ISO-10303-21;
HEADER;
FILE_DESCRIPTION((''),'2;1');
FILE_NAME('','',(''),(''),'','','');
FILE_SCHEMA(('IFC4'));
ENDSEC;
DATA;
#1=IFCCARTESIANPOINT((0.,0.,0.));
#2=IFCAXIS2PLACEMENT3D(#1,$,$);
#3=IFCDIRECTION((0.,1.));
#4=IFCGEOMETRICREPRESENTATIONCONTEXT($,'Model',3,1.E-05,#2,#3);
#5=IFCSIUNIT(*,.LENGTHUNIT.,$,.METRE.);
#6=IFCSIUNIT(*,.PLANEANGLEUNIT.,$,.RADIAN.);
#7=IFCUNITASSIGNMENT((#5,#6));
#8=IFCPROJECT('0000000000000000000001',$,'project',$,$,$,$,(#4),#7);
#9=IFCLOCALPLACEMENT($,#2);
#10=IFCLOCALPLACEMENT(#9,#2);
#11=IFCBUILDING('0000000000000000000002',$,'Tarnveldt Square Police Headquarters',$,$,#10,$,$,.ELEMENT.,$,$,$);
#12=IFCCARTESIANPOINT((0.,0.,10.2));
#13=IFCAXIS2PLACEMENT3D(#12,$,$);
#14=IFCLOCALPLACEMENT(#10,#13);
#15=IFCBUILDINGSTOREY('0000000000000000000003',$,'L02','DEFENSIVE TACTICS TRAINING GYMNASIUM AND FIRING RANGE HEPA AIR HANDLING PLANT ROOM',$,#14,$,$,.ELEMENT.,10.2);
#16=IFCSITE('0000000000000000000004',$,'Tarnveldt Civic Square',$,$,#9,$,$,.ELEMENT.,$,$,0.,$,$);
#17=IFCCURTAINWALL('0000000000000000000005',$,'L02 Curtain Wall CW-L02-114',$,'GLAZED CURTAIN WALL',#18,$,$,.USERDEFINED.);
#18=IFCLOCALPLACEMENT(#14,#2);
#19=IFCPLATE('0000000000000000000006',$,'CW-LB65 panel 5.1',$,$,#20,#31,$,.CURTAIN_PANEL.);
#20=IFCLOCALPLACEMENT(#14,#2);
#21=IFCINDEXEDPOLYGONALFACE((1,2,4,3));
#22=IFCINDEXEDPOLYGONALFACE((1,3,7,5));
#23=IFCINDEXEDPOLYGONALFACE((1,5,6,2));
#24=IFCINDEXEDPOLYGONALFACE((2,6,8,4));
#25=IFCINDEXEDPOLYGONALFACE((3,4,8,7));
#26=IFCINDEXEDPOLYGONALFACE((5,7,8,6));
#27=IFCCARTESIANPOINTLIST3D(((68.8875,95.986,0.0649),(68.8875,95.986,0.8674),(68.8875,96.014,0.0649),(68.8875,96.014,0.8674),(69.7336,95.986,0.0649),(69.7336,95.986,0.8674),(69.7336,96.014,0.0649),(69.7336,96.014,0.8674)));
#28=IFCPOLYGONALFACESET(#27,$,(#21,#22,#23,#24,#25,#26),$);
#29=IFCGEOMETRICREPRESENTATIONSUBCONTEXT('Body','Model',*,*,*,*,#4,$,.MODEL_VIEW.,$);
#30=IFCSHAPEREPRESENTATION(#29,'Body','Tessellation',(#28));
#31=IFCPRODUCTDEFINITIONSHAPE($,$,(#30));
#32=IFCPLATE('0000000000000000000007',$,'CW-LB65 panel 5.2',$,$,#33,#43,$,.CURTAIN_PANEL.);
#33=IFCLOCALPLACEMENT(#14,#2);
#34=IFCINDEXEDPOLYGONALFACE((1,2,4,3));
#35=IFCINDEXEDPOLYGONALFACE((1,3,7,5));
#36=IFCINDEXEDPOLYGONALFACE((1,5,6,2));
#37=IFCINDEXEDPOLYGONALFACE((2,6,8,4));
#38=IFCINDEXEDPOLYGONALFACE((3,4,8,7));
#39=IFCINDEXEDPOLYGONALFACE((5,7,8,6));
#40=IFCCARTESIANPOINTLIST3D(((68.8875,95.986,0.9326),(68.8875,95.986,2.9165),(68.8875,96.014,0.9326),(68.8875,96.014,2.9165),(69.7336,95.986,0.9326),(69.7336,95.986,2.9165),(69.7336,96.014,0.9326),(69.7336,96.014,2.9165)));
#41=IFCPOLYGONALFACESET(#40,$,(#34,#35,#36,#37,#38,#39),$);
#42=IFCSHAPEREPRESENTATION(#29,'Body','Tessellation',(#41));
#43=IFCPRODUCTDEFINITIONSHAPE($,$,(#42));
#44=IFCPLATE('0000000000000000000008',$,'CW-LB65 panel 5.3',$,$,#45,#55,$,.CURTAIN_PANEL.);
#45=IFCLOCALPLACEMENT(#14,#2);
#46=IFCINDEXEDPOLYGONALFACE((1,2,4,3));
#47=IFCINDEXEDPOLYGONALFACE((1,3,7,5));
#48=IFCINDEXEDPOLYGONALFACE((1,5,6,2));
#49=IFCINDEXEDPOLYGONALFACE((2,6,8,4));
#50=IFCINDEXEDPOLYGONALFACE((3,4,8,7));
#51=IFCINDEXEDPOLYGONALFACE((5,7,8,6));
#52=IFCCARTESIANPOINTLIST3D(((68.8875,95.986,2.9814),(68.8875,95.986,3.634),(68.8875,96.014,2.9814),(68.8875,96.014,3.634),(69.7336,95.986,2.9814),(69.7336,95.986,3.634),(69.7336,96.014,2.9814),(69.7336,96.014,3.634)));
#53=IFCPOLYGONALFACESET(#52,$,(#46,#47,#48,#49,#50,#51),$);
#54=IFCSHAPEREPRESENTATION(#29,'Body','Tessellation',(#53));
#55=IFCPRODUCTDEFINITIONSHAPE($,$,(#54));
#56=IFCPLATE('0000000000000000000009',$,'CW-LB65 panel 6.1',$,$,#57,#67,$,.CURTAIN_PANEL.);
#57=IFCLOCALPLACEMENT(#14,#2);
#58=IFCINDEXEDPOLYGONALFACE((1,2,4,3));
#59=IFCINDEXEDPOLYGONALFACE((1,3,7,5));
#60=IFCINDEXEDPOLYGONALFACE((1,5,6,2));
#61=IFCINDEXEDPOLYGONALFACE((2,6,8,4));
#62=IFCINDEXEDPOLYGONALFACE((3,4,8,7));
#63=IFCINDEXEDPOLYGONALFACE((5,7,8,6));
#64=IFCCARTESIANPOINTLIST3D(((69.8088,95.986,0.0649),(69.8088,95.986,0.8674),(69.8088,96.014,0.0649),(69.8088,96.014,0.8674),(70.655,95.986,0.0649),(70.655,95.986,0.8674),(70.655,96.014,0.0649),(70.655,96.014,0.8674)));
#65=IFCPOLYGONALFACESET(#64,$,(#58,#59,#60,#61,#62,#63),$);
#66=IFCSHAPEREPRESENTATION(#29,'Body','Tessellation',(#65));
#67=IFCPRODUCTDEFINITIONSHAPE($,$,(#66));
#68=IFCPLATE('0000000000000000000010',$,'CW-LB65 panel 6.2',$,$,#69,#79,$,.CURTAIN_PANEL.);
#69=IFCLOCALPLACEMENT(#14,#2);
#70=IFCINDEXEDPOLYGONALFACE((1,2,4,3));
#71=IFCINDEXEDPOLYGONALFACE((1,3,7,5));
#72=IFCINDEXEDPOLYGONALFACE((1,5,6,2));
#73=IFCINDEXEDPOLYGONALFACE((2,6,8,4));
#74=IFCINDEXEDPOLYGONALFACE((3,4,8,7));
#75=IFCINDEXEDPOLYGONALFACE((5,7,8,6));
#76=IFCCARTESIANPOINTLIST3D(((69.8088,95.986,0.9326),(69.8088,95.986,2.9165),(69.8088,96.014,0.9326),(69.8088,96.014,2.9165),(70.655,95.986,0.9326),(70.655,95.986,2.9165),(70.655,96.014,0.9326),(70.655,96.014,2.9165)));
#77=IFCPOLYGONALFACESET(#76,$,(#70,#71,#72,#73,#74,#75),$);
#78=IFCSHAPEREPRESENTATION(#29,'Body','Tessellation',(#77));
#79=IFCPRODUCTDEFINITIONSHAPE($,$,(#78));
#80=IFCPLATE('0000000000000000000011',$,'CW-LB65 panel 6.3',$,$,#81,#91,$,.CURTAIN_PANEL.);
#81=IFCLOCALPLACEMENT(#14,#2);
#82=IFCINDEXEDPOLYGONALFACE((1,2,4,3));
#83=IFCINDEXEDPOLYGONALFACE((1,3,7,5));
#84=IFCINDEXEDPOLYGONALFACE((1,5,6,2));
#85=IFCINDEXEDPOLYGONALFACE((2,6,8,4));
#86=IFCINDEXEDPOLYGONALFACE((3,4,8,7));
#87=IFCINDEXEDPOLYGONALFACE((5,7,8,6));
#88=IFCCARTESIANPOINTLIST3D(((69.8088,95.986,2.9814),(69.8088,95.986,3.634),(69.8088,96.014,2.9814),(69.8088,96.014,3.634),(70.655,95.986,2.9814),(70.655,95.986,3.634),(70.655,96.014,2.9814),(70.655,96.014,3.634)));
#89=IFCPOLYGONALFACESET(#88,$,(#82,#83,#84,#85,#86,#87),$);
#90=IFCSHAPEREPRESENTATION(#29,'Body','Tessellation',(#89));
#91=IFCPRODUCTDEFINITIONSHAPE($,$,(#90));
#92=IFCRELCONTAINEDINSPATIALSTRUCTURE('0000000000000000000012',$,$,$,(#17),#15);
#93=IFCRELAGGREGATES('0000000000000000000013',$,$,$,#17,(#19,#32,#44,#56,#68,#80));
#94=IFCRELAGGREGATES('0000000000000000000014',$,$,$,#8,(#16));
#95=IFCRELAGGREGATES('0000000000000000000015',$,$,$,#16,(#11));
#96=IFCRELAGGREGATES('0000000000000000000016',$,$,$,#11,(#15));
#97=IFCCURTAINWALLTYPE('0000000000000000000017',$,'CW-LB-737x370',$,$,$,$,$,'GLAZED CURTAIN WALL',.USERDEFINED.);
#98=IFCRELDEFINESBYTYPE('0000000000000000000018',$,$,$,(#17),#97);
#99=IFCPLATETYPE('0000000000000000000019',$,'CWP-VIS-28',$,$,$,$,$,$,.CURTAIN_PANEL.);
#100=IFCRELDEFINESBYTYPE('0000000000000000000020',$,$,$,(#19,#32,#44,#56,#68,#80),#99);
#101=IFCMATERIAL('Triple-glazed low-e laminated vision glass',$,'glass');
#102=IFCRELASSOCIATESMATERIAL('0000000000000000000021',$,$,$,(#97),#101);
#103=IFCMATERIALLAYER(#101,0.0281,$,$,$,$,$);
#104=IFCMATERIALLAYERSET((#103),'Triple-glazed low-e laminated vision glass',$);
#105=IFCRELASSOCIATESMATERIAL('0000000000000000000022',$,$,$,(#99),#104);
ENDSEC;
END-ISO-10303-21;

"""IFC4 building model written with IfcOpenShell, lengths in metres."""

from ifc_helpers import new_model, si_unit, direction, frame, origin, origin_2d, place, context, subcontext, project, spatial, rectangle, extrude, material, layer, layer_set, type_object, element, aggregate, save


model = new_model("IFC4")

# Units and contexts
model_context = context("Model", 3, precision=1e-05, world=origin(), true_north=direction((0.0, 1.0)))
body_context = subcontext(model_context, "Body", "Model", "MODEL_VIEW")
ifc_project = project(units=[si_unit("LENGTHUNIT", "METRE"), si_unit("PLANEANGLEUNIT", "RADIAN")], contexts=[model_context])

# Site, building, storey
site_placement = place(None, origin())
site = spatial("IfcSite", under=ifc_project, at=site_placement, Name="Tarnveldt Civic Square", CompositionType="ELEMENT", RefElevation=0.0)
building_placement = place(site_placement, origin())
building = spatial("IfcBuilding", under=site, at=building_placement, Name="Tarnveldt Square Police Headquarters", CompositionType="ELEMENT")
storey_placement = place(building_placement, frame((0.0, 0.0, 10.2)))
storey = spatial("IfcBuildingStorey", under=building, at=storey_placement, Name="L02", Description="DEFENSIVE TACTICS TRAINING GYMNASIUM AND FIRING RANGE HEPA AIR HANDLING PLANT ROOM", CompositionType="ELEMENT", Elevation=10.2)

# Curtain wall, plates
ifc_material_1 = material(Name="Triple-glazed low-e laminated vision glass", Category="glass")
curtain_wall_type = type_object("IfcCurtainWallType", Name="CW-LB-737x370", ElementType="GLAZED CURTAIN WALL", PredefinedType="USERDEFINED", material=ifc_material_1)
curtain_wall_placement = place(storey_placement, origin())
curtain_wall = element("IfcCurtainWall", 1, at=curtain_wall_placement, inside=storey, type_object=curtain_wall_type, Name="L02 Curtain Wall CW-L02-114", ObjectType="GLAZED CURTAIN WALL", PredefinedType="USERDEFINED")
ifc_layer = layer(ifc_material_1, 0.0281)
ifc_layer_set = layer_set([ifc_layer], Name="Triple-glazed low-e laminated vision glass")
plate_type = type_object("IfcPlateType", Name="CWP-VIS-28", PredefinedType="CURTAIN_PANEL", material=ifc_layer_set)
plate_1_placement = place(storey_placement, frame((69.3105, 96.0, 0.0649), z_axis=(0.0, 0.0, 1.0), x_axis=(1.0, 0.0, 0.0)))
plate_1 = element("IfcPlate", 2, at=plate_1_placement, type_object=plate_type, Name="CW-LB65 panel 5.1", PredefinedType="CURTAIN_PANEL", context=body_context, shape_type="SweptSolid", body=[
    extrude(rectangle(XDim=0.8462, YDim=0.0281, at=origin_2d()), origin(), (0.0, 0.0, 1.0), 0.8025),
])
plate_2_placement = place(storey_placement, frame((69.3105, 96.0, 0.9326), z_axis=(0.0, 0.0, 1.0), x_axis=(1.0, 0.0, 0.0)))
plate_2 = element("IfcPlate", 3, at=plate_2_placement, type_object=plate_type, Name="CW-LB65 panel 5.2", PredefinedType="CURTAIN_PANEL", context=body_context, shape_type="SweptSolid", body=[
    extrude(rectangle(XDim=0.8462, YDim=0.0281, at=origin_2d()), origin(), (0.0, 0.0, 1.0), 1.9839),
])
plate_3_placement = place(storey_placement, frame((69.3105, 96.0, 2.9814), z_axis=(0.0, 0.0, 1.0), x_axis=(1.0, 0.0, 0.0)))
plate_3 = element("IfcPlate", 4, at=plate_3_placement, type_object=plate_type, Name="CW-LB65 panel 5.3", PredefinedType="CURTAIN_PANEL", context=body_context, shape_type="SweptSolid", body=[
    extrude(rectangle(XDim=0.8462, YDim=0.0281, at=origin_2d()), origin(), (0.0, 0.0, 1.0), 0.6526),
])
plate_4_placement = place(storey_placement, frame((70.2319, 96.0, 0.0649), z_axis=(0.0, 0.0, 1.0), x_axis=(1.0, 0.0, 0.0)))
plate_4 = element("IfcPlate", 5, at=plate_4_placement, type_object=plate_type, Name="CW-LB65 panel 6.1", PredefinedType="CURTAIN_PANEL", context=body_context, shape_type="SweptSolid", body=[
    extrude(rectangle(XDim=0.8462, YDim=0.0281, at=origin_2d()), origin(), (0.0, 0.0, 1.0), 0.8025),
])
plate_5_placement = place(storey_placement, frame((70.2319, 96.0, 0.9326), z_axis=(0.0, 0.0, 1.0), x_axis=(1.0, 0.0, 0.0)))
plate_5 = element("IfcPlate", 6, at=plate_5_placement, type_object=plate_type, Name="CW-LB65 panel 6.2", PredefinedType="CURTAIN_PANEL", context=body_context, shape_type="SweptSolid", body=[
    extrude(rectangle(XDim=0.8462, YDim=0.0281, at=origin_2d()), origin(), (0.0, 0.0, 1.0), 1.9839),
])
plate_6_placement = place(storey_placement, frame((70.2319, 96.0, 2.9814), z_axis=(0.0, 0.0, 1.0), x_axis=(1.0, 0.0, 0.0)))
plate_6 = element("IfcPlate", 7, at=plate_6_placement, type_object=plate_type, Name="CW-LB65 panel 6.3", PredefinedType="CURTAIN_PANEL", context=body_context, shape_type="SweptSolid", body=[
    extrude(rectangle(XDim=0.8462, YDim=0.0281, at=origin_2d()), origin(), (0.0, 0.0, 1.0), 0.6526),
])
aggregate(curtain_wall, [plate_1, plate_2, plate_3, plate_4, plate_5, plate_6])

save(model, "model.ifc")
